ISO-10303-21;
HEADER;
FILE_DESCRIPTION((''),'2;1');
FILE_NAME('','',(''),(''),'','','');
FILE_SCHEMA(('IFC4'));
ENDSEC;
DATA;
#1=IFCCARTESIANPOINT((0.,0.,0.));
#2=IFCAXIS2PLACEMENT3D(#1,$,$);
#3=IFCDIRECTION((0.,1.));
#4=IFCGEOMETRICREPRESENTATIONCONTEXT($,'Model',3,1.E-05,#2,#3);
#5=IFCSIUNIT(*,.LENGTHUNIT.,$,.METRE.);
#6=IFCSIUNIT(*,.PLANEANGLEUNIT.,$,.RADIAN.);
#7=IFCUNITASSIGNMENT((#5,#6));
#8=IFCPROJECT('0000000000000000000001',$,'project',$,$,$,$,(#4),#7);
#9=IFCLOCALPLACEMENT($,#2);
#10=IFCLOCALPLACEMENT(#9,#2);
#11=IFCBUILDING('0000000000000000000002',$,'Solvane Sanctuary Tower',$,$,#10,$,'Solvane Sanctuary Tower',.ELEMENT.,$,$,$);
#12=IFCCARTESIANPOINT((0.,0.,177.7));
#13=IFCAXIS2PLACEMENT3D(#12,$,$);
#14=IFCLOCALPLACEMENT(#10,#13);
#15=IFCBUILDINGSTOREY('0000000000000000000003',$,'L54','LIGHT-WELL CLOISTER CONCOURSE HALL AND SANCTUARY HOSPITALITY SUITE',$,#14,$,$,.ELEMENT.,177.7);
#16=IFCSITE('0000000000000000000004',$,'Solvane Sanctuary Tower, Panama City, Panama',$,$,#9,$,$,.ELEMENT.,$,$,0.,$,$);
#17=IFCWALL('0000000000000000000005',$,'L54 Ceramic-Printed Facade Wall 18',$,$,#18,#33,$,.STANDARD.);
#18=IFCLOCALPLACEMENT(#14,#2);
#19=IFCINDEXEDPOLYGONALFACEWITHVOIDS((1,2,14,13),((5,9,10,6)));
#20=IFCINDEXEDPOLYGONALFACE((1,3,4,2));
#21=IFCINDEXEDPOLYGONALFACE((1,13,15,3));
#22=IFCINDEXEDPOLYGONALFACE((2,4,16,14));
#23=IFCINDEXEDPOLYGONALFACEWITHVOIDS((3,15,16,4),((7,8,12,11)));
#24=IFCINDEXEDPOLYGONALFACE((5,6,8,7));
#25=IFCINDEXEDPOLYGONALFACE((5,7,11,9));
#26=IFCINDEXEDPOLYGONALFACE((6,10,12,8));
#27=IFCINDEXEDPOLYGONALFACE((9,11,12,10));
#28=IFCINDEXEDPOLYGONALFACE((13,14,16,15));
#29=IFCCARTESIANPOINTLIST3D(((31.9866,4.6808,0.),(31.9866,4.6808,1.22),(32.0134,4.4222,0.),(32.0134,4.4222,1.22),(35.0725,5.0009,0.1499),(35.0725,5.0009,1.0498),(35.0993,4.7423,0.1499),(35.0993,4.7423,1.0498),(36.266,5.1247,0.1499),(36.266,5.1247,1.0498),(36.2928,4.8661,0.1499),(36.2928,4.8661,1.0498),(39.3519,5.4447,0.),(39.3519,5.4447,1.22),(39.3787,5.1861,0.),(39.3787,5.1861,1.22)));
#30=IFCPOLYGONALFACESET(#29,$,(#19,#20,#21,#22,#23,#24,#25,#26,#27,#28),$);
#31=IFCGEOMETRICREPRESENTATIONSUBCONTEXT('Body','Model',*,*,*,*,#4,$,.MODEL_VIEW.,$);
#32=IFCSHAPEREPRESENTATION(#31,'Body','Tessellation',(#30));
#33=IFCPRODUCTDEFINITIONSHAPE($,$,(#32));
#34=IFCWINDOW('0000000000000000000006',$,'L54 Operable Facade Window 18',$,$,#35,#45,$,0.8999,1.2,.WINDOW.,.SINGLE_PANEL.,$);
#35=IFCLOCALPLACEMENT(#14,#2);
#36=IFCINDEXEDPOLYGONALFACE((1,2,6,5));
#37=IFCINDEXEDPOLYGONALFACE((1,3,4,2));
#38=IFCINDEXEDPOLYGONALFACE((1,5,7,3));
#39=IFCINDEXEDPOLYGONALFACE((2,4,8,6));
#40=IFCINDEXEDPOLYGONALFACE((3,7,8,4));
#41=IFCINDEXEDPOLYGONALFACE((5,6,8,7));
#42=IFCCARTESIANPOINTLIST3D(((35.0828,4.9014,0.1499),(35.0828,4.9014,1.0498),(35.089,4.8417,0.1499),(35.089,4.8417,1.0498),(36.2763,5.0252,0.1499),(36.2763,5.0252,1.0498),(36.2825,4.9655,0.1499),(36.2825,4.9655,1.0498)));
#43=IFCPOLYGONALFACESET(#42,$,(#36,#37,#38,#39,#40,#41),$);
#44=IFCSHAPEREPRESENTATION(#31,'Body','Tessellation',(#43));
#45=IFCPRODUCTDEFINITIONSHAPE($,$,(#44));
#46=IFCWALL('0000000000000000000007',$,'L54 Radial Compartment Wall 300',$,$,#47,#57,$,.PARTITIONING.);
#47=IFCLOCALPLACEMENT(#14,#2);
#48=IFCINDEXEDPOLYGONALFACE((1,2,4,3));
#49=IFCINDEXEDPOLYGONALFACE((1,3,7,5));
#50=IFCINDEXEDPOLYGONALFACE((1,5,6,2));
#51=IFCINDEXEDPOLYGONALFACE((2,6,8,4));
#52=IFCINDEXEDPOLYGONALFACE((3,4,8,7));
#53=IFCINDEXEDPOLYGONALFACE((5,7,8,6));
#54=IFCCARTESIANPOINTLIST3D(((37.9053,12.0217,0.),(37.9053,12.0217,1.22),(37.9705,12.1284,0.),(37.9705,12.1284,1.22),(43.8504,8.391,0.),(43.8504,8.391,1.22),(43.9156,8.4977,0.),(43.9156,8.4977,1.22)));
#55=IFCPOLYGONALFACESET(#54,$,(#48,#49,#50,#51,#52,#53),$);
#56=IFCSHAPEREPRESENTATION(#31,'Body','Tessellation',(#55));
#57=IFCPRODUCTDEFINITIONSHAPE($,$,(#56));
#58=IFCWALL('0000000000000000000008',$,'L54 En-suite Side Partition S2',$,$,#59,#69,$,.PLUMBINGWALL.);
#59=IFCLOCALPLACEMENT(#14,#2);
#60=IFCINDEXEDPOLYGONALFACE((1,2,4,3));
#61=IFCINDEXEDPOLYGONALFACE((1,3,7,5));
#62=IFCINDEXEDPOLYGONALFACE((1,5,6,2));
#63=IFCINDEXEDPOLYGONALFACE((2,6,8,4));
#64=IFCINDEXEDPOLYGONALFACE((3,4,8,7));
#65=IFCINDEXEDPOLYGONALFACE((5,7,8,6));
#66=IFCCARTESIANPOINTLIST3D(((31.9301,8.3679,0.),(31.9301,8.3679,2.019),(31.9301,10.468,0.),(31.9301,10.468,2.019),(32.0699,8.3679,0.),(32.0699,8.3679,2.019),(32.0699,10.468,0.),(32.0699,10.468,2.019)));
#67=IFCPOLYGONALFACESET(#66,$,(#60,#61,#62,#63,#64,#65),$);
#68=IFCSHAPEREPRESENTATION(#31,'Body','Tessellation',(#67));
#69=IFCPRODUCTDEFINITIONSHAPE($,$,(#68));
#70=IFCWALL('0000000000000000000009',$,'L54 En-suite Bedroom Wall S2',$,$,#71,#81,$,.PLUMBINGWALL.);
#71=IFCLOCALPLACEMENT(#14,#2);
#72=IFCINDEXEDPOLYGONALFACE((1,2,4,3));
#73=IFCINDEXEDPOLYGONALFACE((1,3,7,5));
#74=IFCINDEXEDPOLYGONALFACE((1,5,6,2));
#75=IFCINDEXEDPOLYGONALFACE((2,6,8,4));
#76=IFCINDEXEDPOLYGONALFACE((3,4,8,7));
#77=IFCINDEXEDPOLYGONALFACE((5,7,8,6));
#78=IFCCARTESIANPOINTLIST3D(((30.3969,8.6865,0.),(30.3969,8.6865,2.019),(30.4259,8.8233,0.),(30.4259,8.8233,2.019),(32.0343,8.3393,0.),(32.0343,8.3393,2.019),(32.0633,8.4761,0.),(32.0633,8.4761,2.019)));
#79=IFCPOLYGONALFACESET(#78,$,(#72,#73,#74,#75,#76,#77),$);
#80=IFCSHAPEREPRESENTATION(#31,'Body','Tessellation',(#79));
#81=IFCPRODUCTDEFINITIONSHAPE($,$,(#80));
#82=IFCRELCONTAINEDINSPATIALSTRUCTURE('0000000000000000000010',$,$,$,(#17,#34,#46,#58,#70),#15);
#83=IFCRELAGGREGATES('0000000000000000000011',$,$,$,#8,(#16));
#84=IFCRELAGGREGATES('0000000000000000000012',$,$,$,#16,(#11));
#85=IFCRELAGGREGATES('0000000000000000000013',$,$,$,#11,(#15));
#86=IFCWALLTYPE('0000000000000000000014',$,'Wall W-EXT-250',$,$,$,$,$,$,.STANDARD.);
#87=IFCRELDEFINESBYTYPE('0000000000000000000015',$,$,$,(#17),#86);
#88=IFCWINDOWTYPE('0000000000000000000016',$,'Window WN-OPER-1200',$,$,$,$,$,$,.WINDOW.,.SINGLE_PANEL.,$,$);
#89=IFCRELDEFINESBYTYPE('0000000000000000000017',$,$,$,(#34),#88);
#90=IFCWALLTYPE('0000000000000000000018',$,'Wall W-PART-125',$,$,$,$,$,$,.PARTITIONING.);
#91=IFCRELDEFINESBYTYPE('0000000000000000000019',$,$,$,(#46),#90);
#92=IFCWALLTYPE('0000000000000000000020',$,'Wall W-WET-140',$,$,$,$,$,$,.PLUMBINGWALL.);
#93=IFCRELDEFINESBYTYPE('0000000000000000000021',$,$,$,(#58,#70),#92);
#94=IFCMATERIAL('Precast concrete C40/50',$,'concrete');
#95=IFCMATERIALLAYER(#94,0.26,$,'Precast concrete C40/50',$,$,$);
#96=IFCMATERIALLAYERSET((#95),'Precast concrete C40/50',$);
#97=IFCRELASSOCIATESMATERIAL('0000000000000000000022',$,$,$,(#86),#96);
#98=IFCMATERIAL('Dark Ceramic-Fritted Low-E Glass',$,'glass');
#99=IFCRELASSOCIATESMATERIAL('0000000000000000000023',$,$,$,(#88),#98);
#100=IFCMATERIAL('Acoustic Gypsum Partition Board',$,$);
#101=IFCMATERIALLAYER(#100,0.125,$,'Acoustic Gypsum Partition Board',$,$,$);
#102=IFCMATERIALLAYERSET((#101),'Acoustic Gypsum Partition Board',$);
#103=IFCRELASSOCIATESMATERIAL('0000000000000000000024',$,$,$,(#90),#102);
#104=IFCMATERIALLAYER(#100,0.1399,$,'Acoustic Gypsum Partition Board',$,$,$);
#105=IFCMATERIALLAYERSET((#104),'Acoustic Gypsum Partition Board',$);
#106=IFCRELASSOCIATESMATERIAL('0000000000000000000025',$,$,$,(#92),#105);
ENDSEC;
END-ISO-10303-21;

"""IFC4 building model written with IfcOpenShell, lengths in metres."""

from ifc_helpers import new_model, si_unit, direction, frame, frame_2d, origin, place, context, subcontext, project, spatial, rectangle, extrude, material, layer, layer_set, type_object, element, fill, save


model = new_model("IFC4")

# Units and contexts
model_context = context("Model", 3, precision=1e-05, world=origin(), true_north=direction((0.0, 1.0)))
body_context = subcontext(model_context, "Body", "Model", "MODEL_VIEW")
ifc_project = project(units=[si_unit("LENGTHUNIT", "METRE"), si_unit("PLANEANGLEUNIT", "RADIAN")], contexts=[model_context])

# Site, building, storey
site_placement = place(None, origin())
site = spatial("IfcSite", under=ifc_project, at=site_placement, Name="Solvane Sanctuary Tower, Panama City, Panama", CompositionType="ELEMENT", RefElevation=0.0)
building_placement = place(site_placement, origin())
building = spatial("IfcBuilding", under=site, at=building_placement, Name="Solvane Sanctuary Tower", LongName="Solvane Sanctuary Tower", CompositionType="ELEMENT")
storey_placement = place(building_placement, frame((0.0, 0.0, 177.7)))
storey = spatial("IfcBuildingStorey", under=building, at=storey_placement, Name="L54", Description="LIGHT-WELL CLOISTER CONCOURSE HALL AND SANCTUARY HOSPITALITY SUITE", CompositionType="ELEMENT", Elevation=177.7)

# Shared definitions
ifc_material_1 = material(Name="Acoustic Gypsum Partition Board")

# Wall, opening, window
ifc_material_2 = material(Name="Precast concrete C40/50", Category="concrete")
ifc_layer_1 = layer(ifc_material_2, 0.26, Name="Precast concrete C40/50")
ifc_layer_set_1 = layer_set([ifc_layer_1], Name="Precast concrete C40/50")
wall_type_1 = type_object("IfcWallType", Name="Wall W-EXT-250", PredefinedType="STANDARD", material=ifc_layer_set_1)
wall_1_placement = place(storey_placement, frame((32.0, 4.5515, 0.0), z_axis=(0.0, 0.0, 1.0), x_axis=(0.994664, 0.103166, 0.0)))
wall_1 = element("IfcWall", 1, at=wall_1_placement, inside=storey, type_object=wall_type_1, Name="L54 Ceramic-Printed Facade Wall 18", PredefinedType="STANDARD", context=body_context, shape_type="SweptSolid", body=[
    extrude(rectangle(XDim=7.4048, YDim=0.26, at=frame_2d((3.7024, 0.0))), origin(), (0.0, 0.0, 1.0), 1.22),
])
opening_1_placement = place(wall_1_placement, frame((3.1023, 0.0, 0.1499)))
opening_1 = element("IfcOpeningElement", 2, at=opening_1_placement, cuts=wall_1, PredefinedType="OPENING", context=body_context, shape_type="SweptSolid", body=[
    extrude(rectangle(XDim=1.2, YDim=0.8999, at=frame_2d((0.6001, 0.45))), frame((0.0, 0.1399, 0.0), z_axis=(0.0, -1.0, 0.0), x_axis=(1.0, 0.0, 0.0)), (0.0, 0.0, 1.0), 0.28),
])
ifc_material_3 = material(Name="Dark Ceramic-Fritted Low-E Glass", Category="glass")
window_type = type_object("IfcWindowType", Name="Window WN-OPER-1200", PartitioningType="SINGLE_PANEL", PredefinedType="WINDOW", material=ifc_material_3)
window_placement = place(opening_1_placement, origin())
window = element("IfcWindow", 3, at=window_placement, inside=storey, type_object=window_type, Name="L54 Operable Facade Window 18", OverallHeight=0.8999, OverallWidth=1.2, PartitioningType="SINGLE_PANEL", PredefinedType="WINDOW", context=body_context, shape_type="SweptSolid", body=[
    extrude(rectangle(XDim=1.2, YDim=0.8999, at=frame_2d((0.6001, 0.45))), frame((0.0, 0.03, 0.0), z_axis=(0.0, -1.0, 0.0), x_axis=(1.0, 0.0, 0.0)), (0.0, 0.0, 1.0), 0.0601),
])
fill(opening_1, window)

# Walls
ifc_layer_2 = layer(ifc_material_1, 0.125, Name="Acoustic Gypsum Partition Board")
ifc_layer_set_2 = layer_set([ifc_layer_2], Name="Acoustic Gypsum Partition Board")
wall_type_2 = type_object("IfcWallType", Name="Wall W-PART-125", PredefinedType="PARTITIONING", material=ifc_layer_set_2)
wall_2_placement = place(storey_placement, frame((37.938, 12.075, 0.0), z_axis=(0.0, 0.0, 1.0), x_axis=(0.85344, -0.521191, 0.0)))
element("IfcWall", 4, at=wall_2_placement, inside=storey, type_object=wall_type_2, Name="L54 Radial Compartment Wall 300", PredefinedType="PARTITIONING", context=body_context, shape_type="SweptSolid", body=[
    extrude(rectangle(XDim=6.9661, YDim=0.125, at=frame_2d((3.4829, 0.0))), origin(), (0.0, 0.0, 1.0), 1.22),
])
ifc_layer_3 = layer(ifc_material_1, 0.1399, Name="Acoustic Gypsum Partition Board")
ifc_layer_set_3 = layer_set([ifc_layer_3], Name="Acoustic Gypsum Partition Board")
wall_type_3 = type_object("IfcWallType", Name="Wall W-WET-140", PredefinedType="PLUMBINGWALL", material=ifc_layer_set_3)
wall_3_placement = place(storey_placement, frame((32.0, 10.468, 0.0), z_axis=(0.0, 0.0, 1.0), x_axis=(0.0, -1.0, 0.0)))
element("IfcWall", 5, at=wall_3_placement, inside=storey, type_object=wall_type_3, Name="L54 En-suite Side Partition S2", PredefinedType="PLUMBINGWALL", context=body_context, shape_type="SweptSolid", body=[
    extrude(rectangle(XDim=2.1001, YDim=0.1399, at=frame_2d((1.05, 0.0))), origin(), (0.0, 0.0, 1.0), 2.019),
])
wall_4_placement = place(storey_placement, frame((30.4114, 8.7549, 0.0), z_axis=(0.0, 0.0, 1.0), x_axis=(0.978255, -0.207407, 0.0)))
element("IfcWall", 6, at=wall_4_placement, inside=storey, type_object=wall_type_3, Name="L54 En-suite Bedroom Wall S2", PredefinedType="PLUMBINGWALL", context=body_context, shape_type="SweptSolid", body=[
    extrude(rectangle(XDim=1.6738, YDim=0.1399, at=frame_2d((0.8369, 0.0))), origin(), (0.0, 0.0, 1.0), 2.019),
])

save(model, "model.ifc")
